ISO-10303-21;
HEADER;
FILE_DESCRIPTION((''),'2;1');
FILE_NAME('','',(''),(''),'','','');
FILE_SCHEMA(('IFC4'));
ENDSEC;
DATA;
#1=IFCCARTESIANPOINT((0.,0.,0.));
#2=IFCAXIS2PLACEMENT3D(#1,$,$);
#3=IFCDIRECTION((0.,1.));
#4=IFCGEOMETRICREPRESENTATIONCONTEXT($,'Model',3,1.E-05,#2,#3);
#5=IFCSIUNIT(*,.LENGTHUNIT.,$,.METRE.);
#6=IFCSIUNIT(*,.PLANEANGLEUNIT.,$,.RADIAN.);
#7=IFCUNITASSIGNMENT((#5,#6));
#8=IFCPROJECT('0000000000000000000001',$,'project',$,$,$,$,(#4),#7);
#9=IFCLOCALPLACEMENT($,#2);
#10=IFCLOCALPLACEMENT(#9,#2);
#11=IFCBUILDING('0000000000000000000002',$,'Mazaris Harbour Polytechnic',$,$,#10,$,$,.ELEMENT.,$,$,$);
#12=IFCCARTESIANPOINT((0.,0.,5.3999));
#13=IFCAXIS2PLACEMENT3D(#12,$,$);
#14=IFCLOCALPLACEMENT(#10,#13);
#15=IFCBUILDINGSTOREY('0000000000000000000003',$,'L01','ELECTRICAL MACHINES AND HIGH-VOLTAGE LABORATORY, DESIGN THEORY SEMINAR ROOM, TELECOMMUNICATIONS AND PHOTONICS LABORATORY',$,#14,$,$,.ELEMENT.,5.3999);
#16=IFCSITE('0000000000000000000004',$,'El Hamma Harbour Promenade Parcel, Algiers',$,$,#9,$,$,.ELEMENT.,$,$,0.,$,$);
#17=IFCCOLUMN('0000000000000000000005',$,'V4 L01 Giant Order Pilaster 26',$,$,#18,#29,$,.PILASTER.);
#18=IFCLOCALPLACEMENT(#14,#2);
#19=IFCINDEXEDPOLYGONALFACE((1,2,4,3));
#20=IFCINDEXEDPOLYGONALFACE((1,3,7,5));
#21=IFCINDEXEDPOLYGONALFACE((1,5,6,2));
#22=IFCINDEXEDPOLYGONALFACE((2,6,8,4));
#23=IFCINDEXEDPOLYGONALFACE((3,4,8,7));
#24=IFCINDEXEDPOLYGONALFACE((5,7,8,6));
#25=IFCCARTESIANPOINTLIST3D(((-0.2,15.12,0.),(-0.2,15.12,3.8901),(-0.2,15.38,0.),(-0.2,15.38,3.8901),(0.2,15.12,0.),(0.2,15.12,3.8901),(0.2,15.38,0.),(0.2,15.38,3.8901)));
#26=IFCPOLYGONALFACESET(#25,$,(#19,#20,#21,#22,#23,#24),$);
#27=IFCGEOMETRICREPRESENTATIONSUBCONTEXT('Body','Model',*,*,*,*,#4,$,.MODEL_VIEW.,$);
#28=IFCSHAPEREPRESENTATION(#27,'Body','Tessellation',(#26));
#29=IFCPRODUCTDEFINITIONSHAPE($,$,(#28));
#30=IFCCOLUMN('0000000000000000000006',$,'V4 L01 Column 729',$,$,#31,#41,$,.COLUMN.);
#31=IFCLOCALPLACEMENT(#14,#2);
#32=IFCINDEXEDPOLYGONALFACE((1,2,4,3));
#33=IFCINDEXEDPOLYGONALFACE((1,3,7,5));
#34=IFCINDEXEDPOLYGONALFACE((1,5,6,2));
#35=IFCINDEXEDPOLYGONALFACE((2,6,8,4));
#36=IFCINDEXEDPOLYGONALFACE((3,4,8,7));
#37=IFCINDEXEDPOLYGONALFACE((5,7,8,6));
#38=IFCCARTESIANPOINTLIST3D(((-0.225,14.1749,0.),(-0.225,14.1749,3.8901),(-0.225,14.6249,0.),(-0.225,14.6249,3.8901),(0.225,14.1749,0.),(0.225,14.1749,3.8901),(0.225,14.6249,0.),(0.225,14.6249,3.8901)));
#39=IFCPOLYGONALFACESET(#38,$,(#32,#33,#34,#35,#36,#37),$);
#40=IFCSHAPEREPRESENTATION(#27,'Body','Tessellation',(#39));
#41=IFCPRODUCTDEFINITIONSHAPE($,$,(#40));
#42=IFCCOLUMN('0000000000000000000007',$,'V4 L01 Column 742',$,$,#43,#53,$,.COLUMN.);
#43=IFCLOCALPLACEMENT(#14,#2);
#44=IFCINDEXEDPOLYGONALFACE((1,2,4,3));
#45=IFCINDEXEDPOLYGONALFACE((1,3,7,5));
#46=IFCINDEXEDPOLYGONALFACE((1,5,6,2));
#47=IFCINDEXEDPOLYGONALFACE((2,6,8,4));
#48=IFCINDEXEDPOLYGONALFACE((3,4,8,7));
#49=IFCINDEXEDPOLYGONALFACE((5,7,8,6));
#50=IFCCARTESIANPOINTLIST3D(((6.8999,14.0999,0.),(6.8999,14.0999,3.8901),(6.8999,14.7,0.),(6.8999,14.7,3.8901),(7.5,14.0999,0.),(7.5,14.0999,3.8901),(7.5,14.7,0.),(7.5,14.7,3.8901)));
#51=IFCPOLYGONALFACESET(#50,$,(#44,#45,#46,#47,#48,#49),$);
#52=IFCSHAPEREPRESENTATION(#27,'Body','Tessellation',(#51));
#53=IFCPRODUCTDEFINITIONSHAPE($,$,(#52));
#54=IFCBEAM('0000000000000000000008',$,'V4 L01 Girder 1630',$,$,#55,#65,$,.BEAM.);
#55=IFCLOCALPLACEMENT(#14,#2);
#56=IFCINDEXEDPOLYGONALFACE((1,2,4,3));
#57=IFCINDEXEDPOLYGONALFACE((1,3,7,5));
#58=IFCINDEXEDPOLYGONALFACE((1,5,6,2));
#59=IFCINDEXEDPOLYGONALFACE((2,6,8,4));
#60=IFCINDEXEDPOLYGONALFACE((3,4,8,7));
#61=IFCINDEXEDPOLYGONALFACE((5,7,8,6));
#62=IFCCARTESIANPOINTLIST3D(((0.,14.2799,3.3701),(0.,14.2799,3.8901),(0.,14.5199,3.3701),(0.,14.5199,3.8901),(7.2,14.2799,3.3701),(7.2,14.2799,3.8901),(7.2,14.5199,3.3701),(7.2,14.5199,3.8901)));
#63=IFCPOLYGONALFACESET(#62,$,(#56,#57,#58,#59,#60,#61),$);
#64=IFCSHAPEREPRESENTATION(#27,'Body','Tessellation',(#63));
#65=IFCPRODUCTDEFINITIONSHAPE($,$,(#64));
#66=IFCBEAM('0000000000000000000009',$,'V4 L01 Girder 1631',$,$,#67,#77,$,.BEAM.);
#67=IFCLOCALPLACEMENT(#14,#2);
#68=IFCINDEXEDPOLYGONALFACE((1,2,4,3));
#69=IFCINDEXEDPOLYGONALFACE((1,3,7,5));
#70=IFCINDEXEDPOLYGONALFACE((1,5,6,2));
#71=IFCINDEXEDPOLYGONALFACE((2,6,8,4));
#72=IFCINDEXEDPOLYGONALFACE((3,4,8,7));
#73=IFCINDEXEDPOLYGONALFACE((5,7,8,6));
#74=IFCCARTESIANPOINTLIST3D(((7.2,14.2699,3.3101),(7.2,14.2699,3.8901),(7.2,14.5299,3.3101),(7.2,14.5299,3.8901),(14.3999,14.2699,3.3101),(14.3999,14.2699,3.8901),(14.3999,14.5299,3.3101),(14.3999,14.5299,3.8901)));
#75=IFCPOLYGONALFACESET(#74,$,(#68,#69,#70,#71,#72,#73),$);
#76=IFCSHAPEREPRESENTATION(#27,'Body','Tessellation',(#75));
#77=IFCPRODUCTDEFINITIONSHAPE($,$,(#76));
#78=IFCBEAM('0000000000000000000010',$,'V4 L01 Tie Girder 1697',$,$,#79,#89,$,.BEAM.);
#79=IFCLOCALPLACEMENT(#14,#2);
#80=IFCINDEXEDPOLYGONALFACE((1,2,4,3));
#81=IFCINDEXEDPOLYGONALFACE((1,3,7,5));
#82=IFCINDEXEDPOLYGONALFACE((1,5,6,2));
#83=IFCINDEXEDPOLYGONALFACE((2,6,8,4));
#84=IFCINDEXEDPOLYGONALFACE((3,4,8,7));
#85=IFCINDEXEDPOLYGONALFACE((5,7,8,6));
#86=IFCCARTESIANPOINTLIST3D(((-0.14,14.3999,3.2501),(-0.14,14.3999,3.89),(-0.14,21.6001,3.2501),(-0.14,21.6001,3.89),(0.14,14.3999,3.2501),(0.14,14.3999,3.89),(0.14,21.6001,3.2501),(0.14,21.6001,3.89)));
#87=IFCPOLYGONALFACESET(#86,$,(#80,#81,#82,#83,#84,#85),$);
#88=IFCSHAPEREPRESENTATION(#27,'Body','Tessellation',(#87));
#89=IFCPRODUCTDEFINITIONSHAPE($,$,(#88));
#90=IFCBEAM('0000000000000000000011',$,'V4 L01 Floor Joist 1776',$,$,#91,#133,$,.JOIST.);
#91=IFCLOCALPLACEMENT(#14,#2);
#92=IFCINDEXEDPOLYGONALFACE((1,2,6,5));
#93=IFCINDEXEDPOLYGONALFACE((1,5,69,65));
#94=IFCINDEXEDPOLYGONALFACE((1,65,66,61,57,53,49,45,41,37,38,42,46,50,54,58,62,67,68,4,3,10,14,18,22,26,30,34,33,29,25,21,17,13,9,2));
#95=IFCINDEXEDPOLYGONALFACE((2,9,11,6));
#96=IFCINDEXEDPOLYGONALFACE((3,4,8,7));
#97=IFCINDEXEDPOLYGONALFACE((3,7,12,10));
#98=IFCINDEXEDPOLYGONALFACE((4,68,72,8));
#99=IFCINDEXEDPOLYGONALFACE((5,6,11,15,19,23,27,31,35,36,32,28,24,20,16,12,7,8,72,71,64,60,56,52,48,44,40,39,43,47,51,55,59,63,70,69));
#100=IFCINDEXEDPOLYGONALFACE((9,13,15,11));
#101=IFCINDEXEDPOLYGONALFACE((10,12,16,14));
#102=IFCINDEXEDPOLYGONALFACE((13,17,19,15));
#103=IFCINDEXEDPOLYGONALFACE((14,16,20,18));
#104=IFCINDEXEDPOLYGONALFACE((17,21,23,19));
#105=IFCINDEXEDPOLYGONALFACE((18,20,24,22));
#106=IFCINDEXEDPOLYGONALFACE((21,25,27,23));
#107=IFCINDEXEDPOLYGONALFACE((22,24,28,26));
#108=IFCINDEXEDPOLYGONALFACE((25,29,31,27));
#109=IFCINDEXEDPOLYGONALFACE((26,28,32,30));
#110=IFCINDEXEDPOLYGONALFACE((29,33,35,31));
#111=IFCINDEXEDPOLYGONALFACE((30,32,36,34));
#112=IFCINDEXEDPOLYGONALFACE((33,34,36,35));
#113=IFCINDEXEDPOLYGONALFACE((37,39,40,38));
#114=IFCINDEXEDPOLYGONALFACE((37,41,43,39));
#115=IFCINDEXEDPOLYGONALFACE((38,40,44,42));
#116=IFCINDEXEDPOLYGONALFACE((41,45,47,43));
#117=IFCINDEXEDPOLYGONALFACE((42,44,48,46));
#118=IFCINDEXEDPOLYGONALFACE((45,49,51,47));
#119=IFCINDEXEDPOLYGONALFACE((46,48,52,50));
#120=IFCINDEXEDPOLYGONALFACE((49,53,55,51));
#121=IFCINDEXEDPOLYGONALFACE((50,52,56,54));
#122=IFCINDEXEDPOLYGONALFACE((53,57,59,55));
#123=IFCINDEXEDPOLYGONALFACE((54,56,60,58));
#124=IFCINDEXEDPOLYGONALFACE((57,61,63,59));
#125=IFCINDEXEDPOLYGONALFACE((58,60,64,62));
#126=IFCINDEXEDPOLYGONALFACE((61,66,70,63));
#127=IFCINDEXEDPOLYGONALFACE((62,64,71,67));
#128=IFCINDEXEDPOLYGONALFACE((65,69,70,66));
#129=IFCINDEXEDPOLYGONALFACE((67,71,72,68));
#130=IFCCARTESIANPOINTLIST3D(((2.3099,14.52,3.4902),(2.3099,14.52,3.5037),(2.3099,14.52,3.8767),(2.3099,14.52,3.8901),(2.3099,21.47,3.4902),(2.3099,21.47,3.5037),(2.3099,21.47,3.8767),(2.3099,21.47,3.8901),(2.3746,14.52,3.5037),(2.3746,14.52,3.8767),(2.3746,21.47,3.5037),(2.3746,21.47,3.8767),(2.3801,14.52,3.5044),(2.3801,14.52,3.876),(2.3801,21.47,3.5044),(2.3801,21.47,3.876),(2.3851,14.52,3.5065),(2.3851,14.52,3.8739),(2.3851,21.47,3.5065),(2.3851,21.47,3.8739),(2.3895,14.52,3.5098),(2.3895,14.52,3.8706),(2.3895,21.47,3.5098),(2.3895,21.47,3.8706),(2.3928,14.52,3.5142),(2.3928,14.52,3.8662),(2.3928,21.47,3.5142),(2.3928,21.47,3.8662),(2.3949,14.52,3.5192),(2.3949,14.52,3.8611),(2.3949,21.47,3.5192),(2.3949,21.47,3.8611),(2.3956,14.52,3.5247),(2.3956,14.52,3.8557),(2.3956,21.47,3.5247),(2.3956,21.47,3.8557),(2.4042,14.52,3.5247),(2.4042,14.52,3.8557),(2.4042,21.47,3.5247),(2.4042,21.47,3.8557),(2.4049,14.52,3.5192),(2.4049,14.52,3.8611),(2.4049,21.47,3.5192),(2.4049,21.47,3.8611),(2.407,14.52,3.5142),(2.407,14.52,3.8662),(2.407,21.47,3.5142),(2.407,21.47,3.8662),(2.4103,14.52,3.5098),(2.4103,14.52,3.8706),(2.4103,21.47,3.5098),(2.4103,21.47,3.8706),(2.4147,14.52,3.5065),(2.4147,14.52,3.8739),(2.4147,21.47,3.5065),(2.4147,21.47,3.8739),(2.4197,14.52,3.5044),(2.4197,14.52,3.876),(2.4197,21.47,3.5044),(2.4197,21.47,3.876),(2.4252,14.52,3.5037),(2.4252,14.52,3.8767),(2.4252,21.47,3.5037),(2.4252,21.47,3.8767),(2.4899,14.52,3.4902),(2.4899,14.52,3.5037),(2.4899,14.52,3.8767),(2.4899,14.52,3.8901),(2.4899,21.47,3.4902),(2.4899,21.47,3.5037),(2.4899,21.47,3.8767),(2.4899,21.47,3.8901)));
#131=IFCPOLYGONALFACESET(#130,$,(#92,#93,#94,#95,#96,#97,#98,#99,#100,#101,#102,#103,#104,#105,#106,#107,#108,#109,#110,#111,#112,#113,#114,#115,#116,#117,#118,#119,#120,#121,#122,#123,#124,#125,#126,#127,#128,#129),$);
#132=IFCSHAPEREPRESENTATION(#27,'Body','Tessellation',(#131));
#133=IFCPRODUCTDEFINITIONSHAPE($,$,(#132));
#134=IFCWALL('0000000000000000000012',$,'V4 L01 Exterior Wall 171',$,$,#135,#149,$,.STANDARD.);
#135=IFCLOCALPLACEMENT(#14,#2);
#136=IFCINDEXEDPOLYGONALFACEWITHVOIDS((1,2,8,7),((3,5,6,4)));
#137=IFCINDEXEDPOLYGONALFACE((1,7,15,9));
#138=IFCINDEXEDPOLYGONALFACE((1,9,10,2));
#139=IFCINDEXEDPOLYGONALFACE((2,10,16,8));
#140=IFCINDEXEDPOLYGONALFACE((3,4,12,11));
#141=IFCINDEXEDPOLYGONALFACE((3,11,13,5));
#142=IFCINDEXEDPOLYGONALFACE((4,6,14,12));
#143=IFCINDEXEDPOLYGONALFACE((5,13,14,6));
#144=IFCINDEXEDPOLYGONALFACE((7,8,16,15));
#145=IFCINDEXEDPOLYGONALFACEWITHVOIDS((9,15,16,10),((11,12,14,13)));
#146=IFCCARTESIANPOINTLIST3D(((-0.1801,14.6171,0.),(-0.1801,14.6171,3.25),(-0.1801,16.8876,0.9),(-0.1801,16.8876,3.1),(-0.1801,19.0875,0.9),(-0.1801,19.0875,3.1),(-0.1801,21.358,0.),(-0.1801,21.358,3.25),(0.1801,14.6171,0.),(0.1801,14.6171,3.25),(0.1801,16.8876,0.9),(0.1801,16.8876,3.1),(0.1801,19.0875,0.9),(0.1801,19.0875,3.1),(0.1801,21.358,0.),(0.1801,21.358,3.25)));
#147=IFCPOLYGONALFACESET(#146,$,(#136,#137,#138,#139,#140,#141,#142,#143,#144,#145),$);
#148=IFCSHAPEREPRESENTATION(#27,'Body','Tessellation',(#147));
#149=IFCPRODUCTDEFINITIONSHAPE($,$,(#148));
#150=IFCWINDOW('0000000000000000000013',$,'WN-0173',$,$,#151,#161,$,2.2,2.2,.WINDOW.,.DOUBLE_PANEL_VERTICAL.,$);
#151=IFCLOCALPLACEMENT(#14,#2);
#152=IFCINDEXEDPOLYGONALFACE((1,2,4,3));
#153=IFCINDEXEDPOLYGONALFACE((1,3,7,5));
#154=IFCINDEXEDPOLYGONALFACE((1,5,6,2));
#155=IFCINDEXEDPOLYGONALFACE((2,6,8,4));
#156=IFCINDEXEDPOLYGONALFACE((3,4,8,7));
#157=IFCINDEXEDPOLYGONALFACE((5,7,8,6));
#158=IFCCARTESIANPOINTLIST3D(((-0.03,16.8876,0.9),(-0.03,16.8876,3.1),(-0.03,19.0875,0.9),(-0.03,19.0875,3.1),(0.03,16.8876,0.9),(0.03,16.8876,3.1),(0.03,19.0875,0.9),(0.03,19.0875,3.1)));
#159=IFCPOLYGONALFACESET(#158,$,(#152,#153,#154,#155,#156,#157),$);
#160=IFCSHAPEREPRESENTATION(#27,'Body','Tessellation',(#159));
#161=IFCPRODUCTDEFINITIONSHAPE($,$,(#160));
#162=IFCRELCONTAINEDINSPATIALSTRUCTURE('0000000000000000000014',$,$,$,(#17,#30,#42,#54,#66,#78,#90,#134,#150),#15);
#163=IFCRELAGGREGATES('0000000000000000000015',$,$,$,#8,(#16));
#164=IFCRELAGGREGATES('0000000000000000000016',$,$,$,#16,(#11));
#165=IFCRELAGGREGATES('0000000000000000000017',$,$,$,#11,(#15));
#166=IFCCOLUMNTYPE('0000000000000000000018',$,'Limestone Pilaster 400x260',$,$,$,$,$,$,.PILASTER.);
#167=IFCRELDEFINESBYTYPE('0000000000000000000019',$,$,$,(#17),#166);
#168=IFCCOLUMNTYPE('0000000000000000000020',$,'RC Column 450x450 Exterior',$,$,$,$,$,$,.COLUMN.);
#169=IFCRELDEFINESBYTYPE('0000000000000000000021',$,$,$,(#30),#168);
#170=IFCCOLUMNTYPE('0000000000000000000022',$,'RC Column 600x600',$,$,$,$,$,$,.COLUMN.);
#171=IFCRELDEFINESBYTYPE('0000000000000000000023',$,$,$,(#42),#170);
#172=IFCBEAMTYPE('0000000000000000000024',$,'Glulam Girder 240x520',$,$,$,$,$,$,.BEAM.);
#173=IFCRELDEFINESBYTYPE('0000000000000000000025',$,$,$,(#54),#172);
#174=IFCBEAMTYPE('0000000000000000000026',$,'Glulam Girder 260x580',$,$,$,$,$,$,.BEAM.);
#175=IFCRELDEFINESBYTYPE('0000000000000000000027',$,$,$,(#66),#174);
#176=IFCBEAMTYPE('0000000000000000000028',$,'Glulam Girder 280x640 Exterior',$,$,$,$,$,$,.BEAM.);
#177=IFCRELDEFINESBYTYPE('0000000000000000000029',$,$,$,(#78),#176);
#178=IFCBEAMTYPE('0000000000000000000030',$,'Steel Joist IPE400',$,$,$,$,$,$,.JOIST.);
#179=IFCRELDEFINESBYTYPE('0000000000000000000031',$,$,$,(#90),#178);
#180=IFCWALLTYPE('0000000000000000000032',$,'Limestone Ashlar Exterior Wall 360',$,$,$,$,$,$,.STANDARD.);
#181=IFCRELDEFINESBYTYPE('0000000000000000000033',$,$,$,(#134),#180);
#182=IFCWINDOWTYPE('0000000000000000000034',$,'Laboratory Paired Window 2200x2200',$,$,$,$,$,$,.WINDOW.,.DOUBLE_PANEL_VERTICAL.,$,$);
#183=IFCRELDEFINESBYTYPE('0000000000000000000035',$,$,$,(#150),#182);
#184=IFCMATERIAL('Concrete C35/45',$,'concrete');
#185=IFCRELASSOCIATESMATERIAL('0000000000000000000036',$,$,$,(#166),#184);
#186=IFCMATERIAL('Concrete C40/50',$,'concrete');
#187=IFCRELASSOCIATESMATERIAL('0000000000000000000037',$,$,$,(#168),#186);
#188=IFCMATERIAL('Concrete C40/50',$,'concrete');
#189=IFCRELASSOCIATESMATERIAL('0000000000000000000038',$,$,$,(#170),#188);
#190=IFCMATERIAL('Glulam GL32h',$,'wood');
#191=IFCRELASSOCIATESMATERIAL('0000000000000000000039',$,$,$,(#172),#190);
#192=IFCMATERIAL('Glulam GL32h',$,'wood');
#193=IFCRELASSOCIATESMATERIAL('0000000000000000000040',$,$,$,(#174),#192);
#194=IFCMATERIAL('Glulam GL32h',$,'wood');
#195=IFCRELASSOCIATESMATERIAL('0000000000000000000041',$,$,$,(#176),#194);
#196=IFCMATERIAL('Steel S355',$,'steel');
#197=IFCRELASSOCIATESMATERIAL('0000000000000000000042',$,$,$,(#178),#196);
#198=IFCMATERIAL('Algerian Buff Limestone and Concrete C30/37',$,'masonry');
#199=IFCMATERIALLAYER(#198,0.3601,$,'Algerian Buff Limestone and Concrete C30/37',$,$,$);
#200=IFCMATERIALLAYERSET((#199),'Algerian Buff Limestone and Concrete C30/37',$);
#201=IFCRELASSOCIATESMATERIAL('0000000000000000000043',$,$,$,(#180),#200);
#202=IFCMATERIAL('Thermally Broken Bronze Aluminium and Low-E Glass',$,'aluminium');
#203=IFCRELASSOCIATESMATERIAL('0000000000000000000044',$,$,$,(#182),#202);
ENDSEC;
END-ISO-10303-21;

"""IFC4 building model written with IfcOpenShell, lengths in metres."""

from ifc_helpers import new_model, si_unit, direction, frame, frame_2d, origin, origin_2d, place, context, subcontext, project, spatial, rectangle, i_section, extrude, material, layer, layer_set, material_profile, profile_set, type_object, element, fill, save


model = new_model("IFC4")

# Units and contexts
model_context = context("Model", 3, precision=1e-05, world=origin(), true_north=direction((0.0, 1.0)))
body_context = subcontext(model_context, "Body", "Model", "MODEL_VIEW")
ifc_project = project(units=[si_unit("LENGTHUNIT", "METRE"), si_unit("PLANEANGLEUNIT", "RADIAN")], contexts=[model_context])

# Site, building, storey
site_placement = place(None, origin())
site = spatial("IfcSite", under=ifc_project, at=site_placement, Name="El Hamma Harbour Promenade Parcel, Algiers", CompositionType="ELEMENT", RefElevation=0.0)
building_placement = place(site_placement, origin())
building = spatial("IfcBuilding", under=site, at=building_placement, Name="Mazaris Harbour Polytechnic", CompositionType="ELEMENT")
storey_placement = place(building_placement, frame((0.0, 0.0, 5.3999)))
storey = spatial("IfcBuildingStorey", under=building, at=storey_placement, Name="L01", Description="ELECTRICAL MACHINES AND HIGH-VOLTAGE LABORATORY, DESIGN THEORY SEMINAR ROOM, TELECOMMUNICATIONS AND PHOTONICS LABORATORY", CompositionType="ELEMENT", Elevation=5.3999)

# Columns
ifc_material_1 = material(Name="Concrete C35/45", Category="concrete")
ifc_material_profile_1 = material_profile(ifc_material_1, rectangle(XDim=0.3999, YDim=0.26, at=origin_2d()), Name="RECT400x260")
ifc_profile_set_1 = profile_set([ifc_material_profile_1], Name="Concrete C35/45")
column_type_1 = type_object("IfcColumnType", Name="Limestone Pilaster 400x260", PredefinedType="PILASTER", material=ifc_profile_set_1)
column_1_placement = place(storey_placement, frame((0.0, 15.25, 0.0), z_axis=(0.0, 0.0, 1.0), x_axis=(1.0, 0.0, 0.0)))
element("IfcColumn", 1, at=column_1_placement, inside=storey, type_object=column_type_1, Name="V4 L01 Giant Order Pilaster 26", PredefinedType="PILASTER", context=body_context, shape_type="SweptSolid", body=[
    extrude(rectangle(XDim=0.3999, YDim=0.26, at=origin_2d()), origin(), (0.0, 0.0, 1.0), 3.8901),
])
ifc_material_2 = material(Name="Concrete C40/50", Category="concrete")
ifc_material_profile_2 = material_profile(ifc_material_2, rectangle(XDim=0.45, YDim=0.45, at=origin_2d()), Name="RECT450x450")
ifc_profile_set_2 = profile_set([ifc_material_profile_2], Name="Concrete C40/50")
column_type_2 = type_object("IfcColumnType", Name="RC Column 450x450 Exterior", PredefinedType="COLUMN", material=ifc_profile_set_2)
column_2_placement = place(storey_placement, frame((0.0, 14.3999, 0.0), z_axis=(0.0, 0.0, 1.0), x_axis=(1.0, 0.0, 0.0)))
element("IfcColumn", 2, at=column_2_placement, inside=storey, type_object=column_type_2, Name="V4 L01 Column 729", PredefinedType="COLUMN", context=body_context, shape_type="SweptSolid", body=[
    extrude(rectangle(XDim=0.45, YDim=0.45, at=origin_2d()), origin(), (0.0, 0.0, 1.0), 3.8901),
])
ifc_material_3 = material(Name="Concrete C40/50", Category="concrete")
ifc_material_profile_3 = material_profile(ifc_material_3, rectangle(XDim=0.6001, YDim=0.6001, at=origin_2d()), Name="RECT600x600")
ifc_profile_set_3 = profile_set([ifc_material_profile_3], Name="Concrete C40/50")
column_type_3 = type_object("IfcColumnType", Name="RC Column 600x600", PredefinedType="COLUMN", material=ifc_profile_set_3)
column_3_placement = place(storey_placement, frame((7.2, 14.3999, 0.0), z_axis=(0.0, 0.0, 1.0), x_axis=(1.0, 0.0, 0.0)))
element("IfcColumn", 3, at=column_3_placement, inside=storey, type_object=column_type_3, Name="V4 L01 Column 742", PredefinedType="COLUMN", context=body_context, shape_type="SweptSolid", body=[
    extrude(rectangle(XDim=0.6001, YDim=0.6001, at=origin_2d()), origin(), (0.0, 0.0, 1.0), 3.8901),
])

# Beams
ifc_material_4 = material(Name="Glulam GL32h", Category="wood")
ifc_material_profile_4 = material_profile(ifc_material_4, rectangle(XDim=0.24, YDim=0.52, at=origin_2d()), Name="RECT240x520")
ifc_profile_set_4 = profile_set([ifc_material_profile_4], Name="Glulam GL32h")
beam_type_1 = type_object("IfcBeamType", Name="Glulam Girder 240x520", PredefinedType="BEAM", material=ifc_profile_set_4)
beam_1_placement = place(storey_placement, frame((0.0, 14.3999, 3.6301), z_axis=(1.0, 0.0, 0.0), x_axis=(0.0, 1.0, 0.0)))
element("IfcBeam", 4, at=beam_1_placement, inside=storey, type_object=beam_type_1, Name="V4 L01 Girder 1630", PredefinedType="BEAM", context=body_context, shape_type="SweptSolid", body=[
    extrude(rectangle(XDim=0.24, YDim=0.52, at=origin_2d()), origin(), (0.0, 0.0, 1.0), 7.2),
])
ifc_material_5 = material(Name="Glulam GL32h", Category="wood")
ifc_material_profile_5 = material_profile(ifc_material_5, rectangle(XDim=0.26, YDim=0.5801, at=origin_2d()), Name="RECT260x580")
ifc_profile_set_5 = profile_set([ifc_material_profile_5], Name="Glulam GL32h")
beam_type_2 = type_object("IfcBeamType", Name="Glulam Girder 260x580", PredefinedType="BEAM", material=ifc_profile_set_5)
beam_2_placement = place(storey_placement, frame((7.2, 14.3999, 3.6001), z_axis=(1.0, 0.0, 0.0), x_axis=(0.0, 1.0, 0.0)))
element("IfcBeam", 5, at=beam_2_placement, inside=storey, type_object=beam_type_2, Name="V4 L01 Girder 1631", PredefinedType="BEAM", context=body_context, shape_type="SweptSolid", body=[
    extrude(rectangle(XDim=0.26, YDim=0.5801, at=origin_2d()), origin(), (0.0, 0.0, 1.0), 7.2),
])
ifc_material_6 = material(Name="Glulam GL32h", Category="wood")
ifc_material_profile_6 = material_profile(ifc_material_6, rectangle(XDim=0.28, YDim=0.6399, at=origin_2d()), Name="RECT280x640")
ifc_profile_set_6 = profile_set([ifc_material_profile_6], Name="Glulam GL32h")
beam_type_3 = type_object("IfcBeamType", Name="Glulam Girder 280x640 Exterior", PredefinedType="BEAM", material=ifc_profile_set_6)
beam_3_placement = place(storey_placement, frame((0.0, 14.3999, 3.5701), z_axis=(0.0, 1.0, 0.0), x_axis=(-1.0, 0.0, 0.0)))
element("IfcBeam", 6, at=beam_3_placement, inside=storey, type_object=beam_type_3, Name="V4 L01 Tie Girder 1697", PredefinedType="BEAM", context=body_context, shape_type="SweptSolid", body=[
    extrude(rectangle(XDim=0.28, YDim=0.6399, at=origin_2d()), origin(), (0.0, 0.0, 1.0), 7.2002),
])
ifc_material_7 = material(Name="Steel S355", Category="steel")
ifc_material_profile_7 = material_profile(ifc_material_7, i_section(OverallWidth=0.1799, OverallDepth=0.3999, WebThickness=0.0085, FlangeThickness=0.0134, FilletRadius=0.021, at=origin_2d()), Name="IPE 400")
ifc_profile_set_7 = profile_set([ifc_material_profile_7], Name="Steel S355")
beam_type_4 = type_object("IfcBeamType", Name="Steel Joist IPE400", PredefinedType="JOIST", material=ifc_profile_set_7)
beam_4_placement = place(storey_placement, frame((2.3999, 14.52, 3.6902), z_axis=(0.0, 1.0, 0.0), x_axis=(-1.0, 0.0, 0.0)))
element("IfcBeam", 7, at=beam_4_placement, inside=storey, type_object=beam_type_4, Name="V4 L01 Floor Joist 1776", PredefinedType="JOIST", context=body_context, shape_type="SweptSolid", body=[
    extrude(i_section(OverallWidth=0.1799, OverallDepth=0.3999, WebThickness=0.0085, FlangeThickness=0.0134, FilletRadius=0.021, at=origin_2d()), origin(), (0.0, 0.0, 1.0), 6.95),
])

# Wall, opening, window
ifc_material_8 = material(Name="Algerian Buff Limestone and Concrete C30/37", Category="masonry")
ifc_layer_1 = layer(ifc_material_8, 0.3601, Name="Algerian Buff Limestone and Concrete C30/37")
ifc_layer_set_1 = layer_set([ifc_layer_1], Name="Algerian Buff Limestone and Concrete C30/37")
wall_type_1 = type_object("IfcWallType", Name="Limestone Ashlar Exterior Wall 360", PredefinedType="STANDARD", material=ifc_layer_set_1)
wall_1_placement = place(storey_placement, frame((0.0, 14.6169, 0.0), z_axis=(0.0, 0.0, 1.0), x_axis=(0.0, 1.0, 0.0)))
wall_1 = element("IfcWall", 8, at=wall_1_placement, inside=storey, type_object=wall_type_1, Name="V4 L01 Exterior Wall 171", PredefinedType="STANDARD", context=body_context, shape_type="SweptSolid", body=[
    extrude(rectangle(XDim=6.741, YDim=0.3601, at=frame_2d((3.3706, 0.0))), origin(), (0.0, 0.0, 1.0), 3.25),
])
opening_placement = place(wall_1_placement, frame((2.2705, 0.0, 0.8999)))
opening = element("IfcOpeningElement", 9, at=opening_placement, cuts=wall_1, PredefinedType="OPENING", context=body_context, shape_type="SweptSolid", body=[
    extrude(rectangle(XDim=2.2, YDim=2.2, at=frame_2d((1.1001, 1.1001))), frame((0.0, 0.1899, 0.0), z_axis=(0.0, -1.0, 0.0), x_axis=(1.0, 0.0, 0.0)), (0.0, 0.0, 1.0), 0.3801),
])
ifc_material_9 = material(Name="Thermally Broken Bronze Aluminium and Low-E Glass", Category="aluminium")
window_type = type_object("IfcWindowType", Name="Laboratory Paired Window 2200x2200", PartitioningType="DOUBLE_PANEL_VERTICAL", PredefinedType="WINDOW", material=ifc_material_9)
window_placement = place(opening_placement, origin())
window = element("IfcWindow", 10, at=window_placement, inside=storey, type_object=window_type, Name="WN-0173", OverallHeight=2.2, OverallWidth=2.2, PartitioningType="DOUBLE_PANEL_VERTICAL", PredefinedType="WINDOW", context=body_context, shape_type="SweptSolid", body=[
    extrude(rectangle(XDim=2.2, YDim=2.2, at=frame_2d((1.1001, 1.1001))), frame((0.0, 0.03, 0.0), z_axis=(0.0, -1.0, 0.0), x_axis=(1.0, 0.0, 0.0)), (0.0, 0.0, 1.0), 0.0601),
])
fill(opening, window)

save(model, "model.ifc")
